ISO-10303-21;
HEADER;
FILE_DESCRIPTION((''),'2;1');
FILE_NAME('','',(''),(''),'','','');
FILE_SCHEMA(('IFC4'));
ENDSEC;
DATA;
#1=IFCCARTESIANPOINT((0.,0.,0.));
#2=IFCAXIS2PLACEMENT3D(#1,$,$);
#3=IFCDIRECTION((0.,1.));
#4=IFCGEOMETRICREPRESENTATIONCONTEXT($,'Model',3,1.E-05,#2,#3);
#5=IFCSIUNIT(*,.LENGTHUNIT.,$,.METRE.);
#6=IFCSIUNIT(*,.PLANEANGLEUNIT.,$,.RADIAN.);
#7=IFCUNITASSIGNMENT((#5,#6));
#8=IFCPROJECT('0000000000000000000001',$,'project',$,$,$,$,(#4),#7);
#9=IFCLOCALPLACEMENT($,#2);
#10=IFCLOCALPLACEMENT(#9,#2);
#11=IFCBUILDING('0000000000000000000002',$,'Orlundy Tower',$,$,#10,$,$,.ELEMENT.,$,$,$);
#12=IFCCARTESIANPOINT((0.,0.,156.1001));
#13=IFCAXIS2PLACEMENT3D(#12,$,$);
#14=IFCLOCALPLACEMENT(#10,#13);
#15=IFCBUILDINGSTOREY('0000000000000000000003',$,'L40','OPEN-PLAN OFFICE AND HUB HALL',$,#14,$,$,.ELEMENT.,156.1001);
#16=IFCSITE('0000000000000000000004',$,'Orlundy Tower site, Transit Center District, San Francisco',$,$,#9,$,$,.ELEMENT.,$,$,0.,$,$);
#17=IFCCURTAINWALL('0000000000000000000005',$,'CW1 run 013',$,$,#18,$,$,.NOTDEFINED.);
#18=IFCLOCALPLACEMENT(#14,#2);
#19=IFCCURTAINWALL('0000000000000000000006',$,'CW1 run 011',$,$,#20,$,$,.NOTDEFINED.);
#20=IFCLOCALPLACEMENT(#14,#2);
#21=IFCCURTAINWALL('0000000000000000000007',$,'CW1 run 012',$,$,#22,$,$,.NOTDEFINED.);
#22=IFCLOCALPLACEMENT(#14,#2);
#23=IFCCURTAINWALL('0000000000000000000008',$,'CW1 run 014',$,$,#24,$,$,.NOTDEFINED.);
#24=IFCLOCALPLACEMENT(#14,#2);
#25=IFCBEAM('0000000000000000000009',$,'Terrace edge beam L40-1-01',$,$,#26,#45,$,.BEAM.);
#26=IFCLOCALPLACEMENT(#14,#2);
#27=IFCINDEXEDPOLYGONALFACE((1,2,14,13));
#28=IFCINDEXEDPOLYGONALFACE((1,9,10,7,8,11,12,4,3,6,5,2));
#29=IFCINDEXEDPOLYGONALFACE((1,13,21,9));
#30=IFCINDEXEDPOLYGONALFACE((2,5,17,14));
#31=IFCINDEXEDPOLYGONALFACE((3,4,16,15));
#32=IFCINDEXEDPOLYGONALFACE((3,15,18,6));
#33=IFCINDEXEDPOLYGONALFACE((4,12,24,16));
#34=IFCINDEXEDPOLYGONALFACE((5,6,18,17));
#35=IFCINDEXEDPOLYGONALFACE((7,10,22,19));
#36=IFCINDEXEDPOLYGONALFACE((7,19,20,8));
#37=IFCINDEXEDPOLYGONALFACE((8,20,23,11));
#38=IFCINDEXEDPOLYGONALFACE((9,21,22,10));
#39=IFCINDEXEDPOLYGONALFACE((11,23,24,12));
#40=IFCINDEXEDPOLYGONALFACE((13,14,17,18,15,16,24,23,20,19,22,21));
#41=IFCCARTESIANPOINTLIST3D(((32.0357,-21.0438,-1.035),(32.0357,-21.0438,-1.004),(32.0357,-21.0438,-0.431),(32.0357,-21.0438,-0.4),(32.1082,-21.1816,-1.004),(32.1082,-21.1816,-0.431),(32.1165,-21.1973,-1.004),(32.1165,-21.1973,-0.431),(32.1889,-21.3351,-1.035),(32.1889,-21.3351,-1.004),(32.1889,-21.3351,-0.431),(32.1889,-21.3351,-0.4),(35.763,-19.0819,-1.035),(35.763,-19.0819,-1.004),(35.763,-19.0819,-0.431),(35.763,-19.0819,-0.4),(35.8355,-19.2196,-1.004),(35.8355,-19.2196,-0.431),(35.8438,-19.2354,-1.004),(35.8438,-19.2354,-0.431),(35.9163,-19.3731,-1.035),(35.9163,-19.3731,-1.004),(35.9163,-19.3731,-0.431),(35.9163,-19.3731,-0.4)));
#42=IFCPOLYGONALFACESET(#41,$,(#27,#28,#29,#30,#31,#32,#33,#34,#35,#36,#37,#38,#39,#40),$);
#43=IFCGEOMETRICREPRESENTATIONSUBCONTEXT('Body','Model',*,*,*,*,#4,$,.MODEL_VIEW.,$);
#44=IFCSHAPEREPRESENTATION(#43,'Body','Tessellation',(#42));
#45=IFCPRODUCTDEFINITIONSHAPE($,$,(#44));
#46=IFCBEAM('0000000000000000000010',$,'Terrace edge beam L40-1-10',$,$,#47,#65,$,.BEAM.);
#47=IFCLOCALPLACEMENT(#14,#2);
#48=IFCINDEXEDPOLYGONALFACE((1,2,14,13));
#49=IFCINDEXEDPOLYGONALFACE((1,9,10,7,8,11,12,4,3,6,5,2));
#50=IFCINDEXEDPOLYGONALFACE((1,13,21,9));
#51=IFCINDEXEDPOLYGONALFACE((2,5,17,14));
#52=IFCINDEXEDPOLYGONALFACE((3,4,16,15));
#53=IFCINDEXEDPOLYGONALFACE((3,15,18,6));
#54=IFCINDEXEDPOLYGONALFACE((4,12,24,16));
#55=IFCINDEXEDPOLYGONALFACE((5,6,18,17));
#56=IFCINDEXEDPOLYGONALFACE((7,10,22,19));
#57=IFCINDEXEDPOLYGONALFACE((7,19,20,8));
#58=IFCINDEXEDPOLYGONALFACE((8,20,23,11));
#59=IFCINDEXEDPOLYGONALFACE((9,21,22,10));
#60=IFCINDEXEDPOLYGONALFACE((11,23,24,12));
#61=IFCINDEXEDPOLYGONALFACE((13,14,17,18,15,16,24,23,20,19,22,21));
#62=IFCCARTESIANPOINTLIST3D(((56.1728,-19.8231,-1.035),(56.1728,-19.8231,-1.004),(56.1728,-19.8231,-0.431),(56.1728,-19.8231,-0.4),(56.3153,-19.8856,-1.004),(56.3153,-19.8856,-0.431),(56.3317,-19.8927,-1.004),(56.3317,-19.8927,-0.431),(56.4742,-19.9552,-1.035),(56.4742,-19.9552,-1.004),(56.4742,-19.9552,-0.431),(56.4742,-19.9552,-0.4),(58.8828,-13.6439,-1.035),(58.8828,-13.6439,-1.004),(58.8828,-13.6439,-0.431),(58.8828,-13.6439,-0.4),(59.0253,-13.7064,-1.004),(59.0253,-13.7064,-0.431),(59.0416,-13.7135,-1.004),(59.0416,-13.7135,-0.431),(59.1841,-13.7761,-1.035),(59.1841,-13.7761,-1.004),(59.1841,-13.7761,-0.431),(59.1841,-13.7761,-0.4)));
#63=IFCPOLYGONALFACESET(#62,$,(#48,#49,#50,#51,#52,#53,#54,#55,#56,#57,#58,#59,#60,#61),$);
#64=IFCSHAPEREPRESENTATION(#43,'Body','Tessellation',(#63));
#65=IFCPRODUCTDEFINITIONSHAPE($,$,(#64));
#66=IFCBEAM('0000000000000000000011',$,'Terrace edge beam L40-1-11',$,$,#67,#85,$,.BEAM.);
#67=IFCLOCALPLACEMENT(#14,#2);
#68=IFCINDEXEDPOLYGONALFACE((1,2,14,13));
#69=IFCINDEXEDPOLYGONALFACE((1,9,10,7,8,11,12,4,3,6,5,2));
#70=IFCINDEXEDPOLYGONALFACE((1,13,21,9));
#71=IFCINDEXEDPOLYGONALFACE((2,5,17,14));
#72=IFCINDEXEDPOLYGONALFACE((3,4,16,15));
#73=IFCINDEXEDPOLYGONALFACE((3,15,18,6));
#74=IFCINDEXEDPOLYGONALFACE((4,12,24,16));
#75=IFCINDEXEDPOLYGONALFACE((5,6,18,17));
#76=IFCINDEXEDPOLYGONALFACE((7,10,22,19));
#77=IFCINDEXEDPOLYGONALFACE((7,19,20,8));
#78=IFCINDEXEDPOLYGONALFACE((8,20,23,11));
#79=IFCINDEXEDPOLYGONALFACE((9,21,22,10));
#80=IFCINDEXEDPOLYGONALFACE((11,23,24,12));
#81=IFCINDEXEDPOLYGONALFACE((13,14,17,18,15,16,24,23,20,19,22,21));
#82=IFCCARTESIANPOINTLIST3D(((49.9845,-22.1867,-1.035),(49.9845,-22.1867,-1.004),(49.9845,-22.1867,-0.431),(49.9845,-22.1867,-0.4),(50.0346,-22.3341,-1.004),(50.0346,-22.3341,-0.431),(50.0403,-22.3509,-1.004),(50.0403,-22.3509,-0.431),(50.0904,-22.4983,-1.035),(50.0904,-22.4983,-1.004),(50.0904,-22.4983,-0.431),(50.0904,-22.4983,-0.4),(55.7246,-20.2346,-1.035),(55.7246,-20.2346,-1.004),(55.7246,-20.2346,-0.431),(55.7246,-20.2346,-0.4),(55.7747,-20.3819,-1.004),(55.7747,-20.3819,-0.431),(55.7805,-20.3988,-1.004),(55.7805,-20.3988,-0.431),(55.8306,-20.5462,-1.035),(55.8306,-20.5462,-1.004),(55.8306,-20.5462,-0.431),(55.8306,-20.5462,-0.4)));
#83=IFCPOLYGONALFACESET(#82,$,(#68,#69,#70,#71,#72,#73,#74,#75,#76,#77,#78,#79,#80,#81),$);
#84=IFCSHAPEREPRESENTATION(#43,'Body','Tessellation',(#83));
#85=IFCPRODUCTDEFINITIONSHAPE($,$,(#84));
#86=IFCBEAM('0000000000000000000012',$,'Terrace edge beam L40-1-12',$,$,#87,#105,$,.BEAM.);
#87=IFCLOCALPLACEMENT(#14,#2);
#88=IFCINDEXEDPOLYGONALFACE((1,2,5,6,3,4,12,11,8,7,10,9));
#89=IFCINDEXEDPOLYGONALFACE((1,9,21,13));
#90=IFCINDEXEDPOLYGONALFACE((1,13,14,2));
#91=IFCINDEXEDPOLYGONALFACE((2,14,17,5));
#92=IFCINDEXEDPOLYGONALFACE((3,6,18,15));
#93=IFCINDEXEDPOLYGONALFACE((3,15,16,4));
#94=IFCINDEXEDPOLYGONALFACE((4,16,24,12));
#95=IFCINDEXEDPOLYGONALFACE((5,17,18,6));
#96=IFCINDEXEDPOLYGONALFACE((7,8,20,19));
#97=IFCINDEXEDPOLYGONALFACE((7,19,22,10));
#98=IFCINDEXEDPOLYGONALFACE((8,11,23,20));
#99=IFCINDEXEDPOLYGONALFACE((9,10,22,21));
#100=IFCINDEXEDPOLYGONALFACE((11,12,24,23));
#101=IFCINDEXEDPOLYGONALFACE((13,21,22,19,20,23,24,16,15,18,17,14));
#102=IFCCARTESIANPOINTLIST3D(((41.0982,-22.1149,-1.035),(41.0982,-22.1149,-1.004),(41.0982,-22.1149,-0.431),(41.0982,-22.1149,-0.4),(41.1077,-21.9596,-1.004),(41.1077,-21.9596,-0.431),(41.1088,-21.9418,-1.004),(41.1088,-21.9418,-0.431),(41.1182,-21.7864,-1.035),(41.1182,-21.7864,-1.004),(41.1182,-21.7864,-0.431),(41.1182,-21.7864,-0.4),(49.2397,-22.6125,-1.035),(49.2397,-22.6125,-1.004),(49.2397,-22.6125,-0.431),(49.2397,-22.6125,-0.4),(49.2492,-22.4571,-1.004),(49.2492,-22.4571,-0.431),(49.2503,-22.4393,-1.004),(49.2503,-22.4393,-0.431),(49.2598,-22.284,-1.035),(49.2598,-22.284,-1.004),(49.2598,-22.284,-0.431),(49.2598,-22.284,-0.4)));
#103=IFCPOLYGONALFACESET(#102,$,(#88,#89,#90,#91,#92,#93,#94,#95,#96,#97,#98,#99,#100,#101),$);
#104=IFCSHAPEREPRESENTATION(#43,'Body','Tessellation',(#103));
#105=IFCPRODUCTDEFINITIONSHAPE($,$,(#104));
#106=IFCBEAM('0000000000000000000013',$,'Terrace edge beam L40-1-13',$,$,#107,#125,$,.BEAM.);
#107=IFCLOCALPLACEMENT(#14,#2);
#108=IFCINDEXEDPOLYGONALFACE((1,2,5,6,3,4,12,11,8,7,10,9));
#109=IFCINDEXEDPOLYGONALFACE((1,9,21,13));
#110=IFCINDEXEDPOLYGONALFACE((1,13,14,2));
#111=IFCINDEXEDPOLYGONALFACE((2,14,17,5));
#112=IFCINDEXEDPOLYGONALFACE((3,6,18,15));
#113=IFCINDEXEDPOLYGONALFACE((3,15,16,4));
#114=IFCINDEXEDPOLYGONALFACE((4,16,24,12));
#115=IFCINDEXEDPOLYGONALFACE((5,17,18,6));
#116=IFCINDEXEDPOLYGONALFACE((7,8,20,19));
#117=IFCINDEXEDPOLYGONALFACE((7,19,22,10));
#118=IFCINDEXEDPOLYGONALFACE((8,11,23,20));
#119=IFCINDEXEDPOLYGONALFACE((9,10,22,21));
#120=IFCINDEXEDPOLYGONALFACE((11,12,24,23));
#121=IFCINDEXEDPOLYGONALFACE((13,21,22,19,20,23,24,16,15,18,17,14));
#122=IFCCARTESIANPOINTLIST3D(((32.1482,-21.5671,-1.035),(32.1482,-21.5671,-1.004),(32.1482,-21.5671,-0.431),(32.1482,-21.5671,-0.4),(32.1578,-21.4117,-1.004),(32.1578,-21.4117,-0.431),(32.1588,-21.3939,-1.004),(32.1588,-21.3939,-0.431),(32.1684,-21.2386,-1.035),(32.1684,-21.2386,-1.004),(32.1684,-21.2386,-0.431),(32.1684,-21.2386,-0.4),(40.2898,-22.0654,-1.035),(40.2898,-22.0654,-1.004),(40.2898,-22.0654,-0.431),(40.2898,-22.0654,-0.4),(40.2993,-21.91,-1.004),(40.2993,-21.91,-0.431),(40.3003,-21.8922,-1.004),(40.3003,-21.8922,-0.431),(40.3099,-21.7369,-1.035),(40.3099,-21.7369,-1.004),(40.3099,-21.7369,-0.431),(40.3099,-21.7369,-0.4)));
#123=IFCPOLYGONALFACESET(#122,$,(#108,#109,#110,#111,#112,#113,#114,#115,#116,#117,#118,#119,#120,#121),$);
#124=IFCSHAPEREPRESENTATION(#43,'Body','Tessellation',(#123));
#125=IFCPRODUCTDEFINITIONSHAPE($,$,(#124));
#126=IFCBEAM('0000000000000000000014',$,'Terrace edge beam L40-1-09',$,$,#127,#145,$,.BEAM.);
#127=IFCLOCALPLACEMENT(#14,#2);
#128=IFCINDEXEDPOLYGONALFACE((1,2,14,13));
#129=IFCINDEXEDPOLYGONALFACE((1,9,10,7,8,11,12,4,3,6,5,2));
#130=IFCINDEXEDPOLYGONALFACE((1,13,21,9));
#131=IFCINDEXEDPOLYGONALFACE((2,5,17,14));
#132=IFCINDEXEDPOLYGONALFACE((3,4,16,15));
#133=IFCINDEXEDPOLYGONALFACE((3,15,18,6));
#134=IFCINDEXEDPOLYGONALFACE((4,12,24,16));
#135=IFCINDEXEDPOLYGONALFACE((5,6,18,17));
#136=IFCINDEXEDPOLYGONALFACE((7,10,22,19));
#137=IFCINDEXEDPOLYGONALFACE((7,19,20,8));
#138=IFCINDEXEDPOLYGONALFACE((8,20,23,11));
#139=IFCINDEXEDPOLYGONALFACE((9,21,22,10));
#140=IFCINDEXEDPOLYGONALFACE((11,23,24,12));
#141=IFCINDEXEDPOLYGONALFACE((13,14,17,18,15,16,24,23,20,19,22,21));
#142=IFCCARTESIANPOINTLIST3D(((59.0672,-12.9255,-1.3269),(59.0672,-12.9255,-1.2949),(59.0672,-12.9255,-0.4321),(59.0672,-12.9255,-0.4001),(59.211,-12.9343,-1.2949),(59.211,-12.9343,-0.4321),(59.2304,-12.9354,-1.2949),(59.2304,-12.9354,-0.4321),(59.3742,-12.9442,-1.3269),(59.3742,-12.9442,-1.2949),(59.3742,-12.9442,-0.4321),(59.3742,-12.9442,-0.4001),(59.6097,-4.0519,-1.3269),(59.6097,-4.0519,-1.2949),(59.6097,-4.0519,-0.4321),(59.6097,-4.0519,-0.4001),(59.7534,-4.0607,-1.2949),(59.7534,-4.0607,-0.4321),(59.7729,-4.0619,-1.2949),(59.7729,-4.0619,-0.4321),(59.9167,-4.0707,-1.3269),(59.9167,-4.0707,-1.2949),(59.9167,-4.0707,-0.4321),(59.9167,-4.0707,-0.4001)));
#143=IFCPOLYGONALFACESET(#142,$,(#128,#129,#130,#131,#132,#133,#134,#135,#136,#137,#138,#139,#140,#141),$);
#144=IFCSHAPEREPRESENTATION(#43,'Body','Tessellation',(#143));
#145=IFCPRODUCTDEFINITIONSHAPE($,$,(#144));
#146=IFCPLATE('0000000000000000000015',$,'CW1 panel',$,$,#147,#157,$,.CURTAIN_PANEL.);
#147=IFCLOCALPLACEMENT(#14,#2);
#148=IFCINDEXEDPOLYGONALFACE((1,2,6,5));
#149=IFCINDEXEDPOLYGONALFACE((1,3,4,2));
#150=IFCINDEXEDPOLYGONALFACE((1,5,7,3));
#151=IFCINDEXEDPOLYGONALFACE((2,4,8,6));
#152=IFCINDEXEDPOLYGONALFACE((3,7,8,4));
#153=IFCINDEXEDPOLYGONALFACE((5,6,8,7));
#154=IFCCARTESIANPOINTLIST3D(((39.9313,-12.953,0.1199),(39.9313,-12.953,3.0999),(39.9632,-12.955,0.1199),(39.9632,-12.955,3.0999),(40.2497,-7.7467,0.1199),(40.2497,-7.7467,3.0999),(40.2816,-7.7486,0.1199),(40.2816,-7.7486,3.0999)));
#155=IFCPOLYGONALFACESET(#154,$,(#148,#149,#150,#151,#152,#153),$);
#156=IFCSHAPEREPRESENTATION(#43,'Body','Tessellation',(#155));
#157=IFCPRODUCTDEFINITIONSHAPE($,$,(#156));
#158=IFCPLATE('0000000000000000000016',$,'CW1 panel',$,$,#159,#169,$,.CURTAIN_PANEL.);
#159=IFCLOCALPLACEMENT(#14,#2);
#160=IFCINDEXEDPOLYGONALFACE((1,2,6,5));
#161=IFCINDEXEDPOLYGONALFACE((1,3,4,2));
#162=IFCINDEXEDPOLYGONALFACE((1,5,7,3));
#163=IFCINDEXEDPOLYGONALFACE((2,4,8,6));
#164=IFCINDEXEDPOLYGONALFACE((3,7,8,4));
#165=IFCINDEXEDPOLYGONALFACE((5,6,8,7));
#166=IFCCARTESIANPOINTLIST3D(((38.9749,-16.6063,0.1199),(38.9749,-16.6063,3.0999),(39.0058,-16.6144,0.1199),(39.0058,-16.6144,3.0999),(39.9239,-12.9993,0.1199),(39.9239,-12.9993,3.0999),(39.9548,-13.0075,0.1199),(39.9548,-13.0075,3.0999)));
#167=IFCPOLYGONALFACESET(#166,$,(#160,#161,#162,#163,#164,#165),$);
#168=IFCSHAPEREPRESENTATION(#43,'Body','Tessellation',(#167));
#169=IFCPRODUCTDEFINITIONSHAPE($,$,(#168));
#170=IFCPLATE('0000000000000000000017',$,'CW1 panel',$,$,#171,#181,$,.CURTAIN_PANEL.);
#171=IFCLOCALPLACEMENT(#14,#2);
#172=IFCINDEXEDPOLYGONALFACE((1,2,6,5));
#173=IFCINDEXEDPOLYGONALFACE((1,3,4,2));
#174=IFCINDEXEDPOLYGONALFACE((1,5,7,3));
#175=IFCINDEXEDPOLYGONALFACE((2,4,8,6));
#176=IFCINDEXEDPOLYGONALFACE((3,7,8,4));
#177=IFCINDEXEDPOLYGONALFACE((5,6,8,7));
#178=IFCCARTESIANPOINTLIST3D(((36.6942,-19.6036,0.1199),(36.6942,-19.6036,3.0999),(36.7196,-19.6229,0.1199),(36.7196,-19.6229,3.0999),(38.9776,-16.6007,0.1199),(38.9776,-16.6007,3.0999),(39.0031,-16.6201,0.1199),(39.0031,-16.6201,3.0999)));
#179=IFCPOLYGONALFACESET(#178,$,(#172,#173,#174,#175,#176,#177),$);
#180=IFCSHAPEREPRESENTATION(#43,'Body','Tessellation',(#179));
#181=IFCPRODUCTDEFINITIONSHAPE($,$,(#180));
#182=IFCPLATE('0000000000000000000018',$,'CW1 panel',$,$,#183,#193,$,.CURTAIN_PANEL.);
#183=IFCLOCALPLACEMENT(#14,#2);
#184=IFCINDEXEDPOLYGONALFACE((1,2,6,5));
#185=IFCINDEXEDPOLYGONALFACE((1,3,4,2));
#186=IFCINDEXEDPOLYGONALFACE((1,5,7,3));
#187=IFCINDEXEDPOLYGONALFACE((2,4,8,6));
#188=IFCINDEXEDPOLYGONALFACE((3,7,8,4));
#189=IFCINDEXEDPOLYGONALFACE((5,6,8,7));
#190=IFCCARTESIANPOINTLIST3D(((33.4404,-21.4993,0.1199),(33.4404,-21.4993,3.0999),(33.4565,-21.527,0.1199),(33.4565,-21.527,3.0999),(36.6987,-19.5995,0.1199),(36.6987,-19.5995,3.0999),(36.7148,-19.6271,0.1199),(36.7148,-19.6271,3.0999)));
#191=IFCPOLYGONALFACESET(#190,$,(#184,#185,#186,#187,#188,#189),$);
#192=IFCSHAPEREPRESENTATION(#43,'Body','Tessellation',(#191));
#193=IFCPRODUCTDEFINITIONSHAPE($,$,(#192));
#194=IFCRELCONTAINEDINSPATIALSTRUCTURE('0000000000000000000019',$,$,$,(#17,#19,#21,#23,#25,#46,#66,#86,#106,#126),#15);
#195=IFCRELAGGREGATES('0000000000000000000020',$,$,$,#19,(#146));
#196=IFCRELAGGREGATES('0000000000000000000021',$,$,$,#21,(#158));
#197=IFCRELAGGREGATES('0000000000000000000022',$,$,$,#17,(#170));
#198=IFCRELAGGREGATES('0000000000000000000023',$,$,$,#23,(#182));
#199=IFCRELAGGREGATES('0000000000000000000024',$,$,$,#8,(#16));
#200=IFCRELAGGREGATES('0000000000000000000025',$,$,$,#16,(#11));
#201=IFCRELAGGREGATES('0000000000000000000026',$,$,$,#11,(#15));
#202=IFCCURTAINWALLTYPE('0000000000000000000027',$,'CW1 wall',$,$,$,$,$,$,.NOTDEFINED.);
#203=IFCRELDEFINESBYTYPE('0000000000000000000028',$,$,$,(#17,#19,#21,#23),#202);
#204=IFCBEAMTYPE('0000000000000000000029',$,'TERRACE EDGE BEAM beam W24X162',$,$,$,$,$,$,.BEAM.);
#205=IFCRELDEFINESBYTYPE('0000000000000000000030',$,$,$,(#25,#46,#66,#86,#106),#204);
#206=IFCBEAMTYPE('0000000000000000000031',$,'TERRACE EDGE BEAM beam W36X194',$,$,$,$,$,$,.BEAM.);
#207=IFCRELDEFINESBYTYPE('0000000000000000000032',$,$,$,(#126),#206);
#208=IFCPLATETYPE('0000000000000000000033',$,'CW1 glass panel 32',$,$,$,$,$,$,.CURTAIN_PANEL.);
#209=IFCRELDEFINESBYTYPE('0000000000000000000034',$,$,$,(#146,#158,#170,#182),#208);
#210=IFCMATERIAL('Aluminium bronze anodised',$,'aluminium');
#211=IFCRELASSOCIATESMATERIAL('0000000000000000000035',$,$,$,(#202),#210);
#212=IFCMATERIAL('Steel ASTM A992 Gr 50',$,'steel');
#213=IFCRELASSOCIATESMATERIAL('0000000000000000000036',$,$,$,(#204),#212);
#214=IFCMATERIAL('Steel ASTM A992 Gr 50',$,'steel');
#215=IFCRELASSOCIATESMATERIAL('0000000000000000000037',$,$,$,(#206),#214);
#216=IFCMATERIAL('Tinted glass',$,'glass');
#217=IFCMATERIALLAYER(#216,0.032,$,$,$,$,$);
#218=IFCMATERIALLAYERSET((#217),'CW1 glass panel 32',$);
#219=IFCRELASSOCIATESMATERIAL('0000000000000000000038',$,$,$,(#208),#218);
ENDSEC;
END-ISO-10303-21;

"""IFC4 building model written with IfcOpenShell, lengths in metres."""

from ifc_helpers import new_model, si_unit, direction, frame, origin, origin_2d, place, context, subcontext, project, spatial, rectangle, i_section, extrude, material, layer, layer_set, material_profile, profile_set, type_object, element, aggregate, save


model = new_model("IFC4")

# Units and contexts
model_context = context("Model", 3, precision=1e-05, world=origin(), true_north=direction((0.0, 1.0)))
body_context = subcontext(model_context, "Body", "Model", "MODEL_VIEW")
ifc_project = project(units=[si_unit("LENGTHUNIT", "METRE"), si_unit("PLANEANGLEUNIT", "RADIAN")], contexts=[model_context])

# Site, building, storey
site_placement = place(None, origin())
site = spatial("IfcSite", under=ifc_project, at=site_placement, Name="Orlundy Tower site, Transit Center District, San Francisco", CompositionType="ELEMENT", RefElevation=0.0)
building_placement = place(site_placement, origin())
building = spatial("IfcBuilding", under=site, at=building_placement, Name="Orlundy Tower", CompositionType="ELEMENT")
storey_placement = place(building_placement, frame((0.0, 0.0, 156.1001)))
storey = spatial("IfcBuildingStorey", under=building, at=storey_placement, Name="L40", Description="OPEN-PLAN OFFICE AND HUB HALL", CompositionType="ELEMENT", Elevation=156.1001)

# Curtain wall
ifc_material_1 = material(Name="Aluminium bronze anodised", Category="aluminium")
curtain_wall_type = type_object("IfcCurtainWallType", Name="CW1 wall", PredefinedType="NOTDEFINED", material=ifc_material_1)
curtain_wall_1_placement = place(storey_placement, origin())
curtain_wall_1 = element("IfcCurtainWall", 1, at=curtain_wall_1_placement, inside=storey, type_object=curtain_wall_type, Name="CW1 run 013", PredefinedType="NOTDEFINED")

# Curtain wall
curtain_wall_2_placement = place(storey_placement, origin())
curtain_wall_2 = element("IfcCurtainWall", 2, at=curtain_wall_2_placement, inside=storey, type_object=curtain_wall_type, Name="CW1 run 011", PredefinedType="NOTDEFINED")

# Curtain wall
curtain_wall_3_placement = place(storey_placement, origin())
curtain_wall_3 = element("IfcCurtainWall", 3, at=curtain_wall_3_placement, inside=storey, type_object=curtain_wall_type, Name="CW1 run 012", PredefinedType="NOTDEFINED")

# Curtain wall
curtain_wall_4_placement = place(storey_placement, origin())
curtain_wall_4 = element("IfcCurtainWall", 4, at=curtain_wall_4_placement, inside=storey, type_object=curtain_wall_type, Name="CW1 run 014", PredefinedType="NOTDEFINED")

# Beams
ifc_material_2 = material(Name="Steel ASTM A992 Gr 50", Category="steel")
ifc_material_profile_1 = material_profile(ifc_material_2, i_section(OverallWidth=0.3291, OverallDepth=0.635, WebThickness=0.0178, FlangeThickness=0.031, at=origin_2d()), Name="W24X162")
ifc_profile_set_1 = profile_set([ifc_material_profile_1], Name="Steel ASTM A992 Gr 50")
beam_type_1 = type_object("IfcBeamType", Name="TERRACE EDGE BEAM beam W24X162", PredefinedType="BEAM", material=ifc_profile_set_1)
beam_1_placement = place(storey_placement, frame((32.1123, -21.1895, -0.7175), z_axis=(0.884901, 0.46578, 0.0), x_axis=(-0.46578, 0.884901, 0.0)))
element("IfcBeam", 5, at=beam_1_placement, inside=storey, type_object=beam_type_1, Name="Terrace edge beam L40-1-01", PredefinedType="BEAM", context=body_context, shape_type="SweptSolid", body=[
    extrude(i_section(OverallWidth=0.3291, OverallDepth=0.635, WebThickness=0.0178, FlangeThickness=0.031, at=origin_2d()), origin(), (0.0, 0.0, 1.0), 4.2122),
])
beam_2_placement = place(storey_placement, frame((59.0334, -13.71, -0.7175), z_axis=(-0.401635, -0.9158, 0.0), x_axis=(0.9158, -0.401635, 0.0)))
element("IfcBeam", 6, at=beam_2_placement, inside=storey, type_object=beam_type_1, Name="Terrace edge beam L40-1-10", PredefinedType="BEAM", context=body_context, shape_type="SweptSolid", body=[
    extrude(i_section(OverallWidth=0.3291, OverallDepth=0.635, WebThickness=0.0178, FlangeThickness=0.031, at=origin_2d()), origin(), (0.0, 0.0, 1.0), 6.7473),
])
beam_3_placement = place(storey_placement, frame((55.7776, -20.3904, -0.7175), z_axis=(-0.946749, -0.321972, 0.0), x_axis=(0.321972, -0.946749, 0.0)))
element("IfcBeam", 7, at=beam_3_placement, inside=storey, type_object=beam_type_1, Name="Terrace edge beam L40-1-11", PredefinedType="BEAM", context=body_context, shape_type="SweptSolid", body=[
    extrude(i_section(OverallWidth=0.3291, OverallDepth=0.635, WebThickness=0.0178, FlangeThickness=0.031, at=origin_2d()), origin(), (0.0, 0.0, 1.0), 6.063),
])
for number, where, z_axis, x_axis, name in (
    (8, (49.2498, -22.4482, -0.7175), (-0.998138, 0.060999, 0.0), (-0.060999, -0.998138, 0.0), "Terrace edge beam L40-1-12"),
    (9, (40.2998, -21.9011, -0.7175), (-0.998132, 0.061089, 0.0), (-0.061089, -0.998132, 0.0), "Terrace edge beam L40-1-13"),
):
    element("IfcBeam", number, at=place(storey_placement, frame(where, z_axis=z_axis, x_axis=x_axis)), inside=storey, type_object=beam_type_1, Name=name, PredefinedType="BEAM", context=body_context, shape_type="SweptSolid", body=[
        extrude(i_section(OverallWidth=0.3291, OverallDepth=0.635, WebThickness=0.0178, FlangeThickness=0.031, at=origin_2d()), origin(), (0.0, 0.0, 1.0), 8.1567),
    ])
ifc_material_3 = material(Name="Steel ASTM A992 Gr 50", Category="steel")
ifc_material_profile_2 = material_profile(ifc_material_3, i_section(OverallWidth=0.3076, OverallDepth=0.9268, WebThickness=0.0195, FlangeThickness=0.032, at=origin_2d()), Name="W36X194")
ifc_profile_set_2 = profile_set([ifc_material_profile_2], Name="Steel ASTM A992 Gr 50")
beam_type_2 = type_object("IfcBeamType", Name="TERRACE EDGE BEAM beam W36X194", PredefinedType="BEAM", material=ifc_profile_set_2)
beam_4_placement = place(storey_placement, frame((59.7632, -4.0613, -0.8635), z_axis=(-0.061021, -0.998136, 0.0), x_axis=(0.998136, -0.061021, 0.0)))
element("IfcBeam", 10, at=beam_4_placement, inside=storey, type_object=beam_type_2, Name="Terrace edge beam L40-1-09", PredefinedType="BEAM", context=body_context, shape_type="SweptSolid", body=[
    extrude(i_section(OverallWidth=0.3076, OverallDepth=0.9268, WebThickness=0.0195, FlangeThickness=0.032, at=origin_2d()), origin(), (0.0, 0.0, 1.0), 8.8901),
])

# Plates
ifc_material_4 = material(Name="Tinted glass", Category="glass")
ifc_layer_1 = layer(ifc_material_4, 0.032)
ifc_layer_set_1 = layer_set([ifc_layer_1], Name="CW1 glass panel 32")
plate_type = type_object("IfcPlateType", Name="CW1 glass panel 32", PredefinedType="CURTAIN_PANEL", material=ifc_layer_set_1)
plate_1_placement = place(storey_placement, frame((40.1064, -10.3508, 0.1199), z_axis=(0.0, 0.0, 1.0), x_axis=(-0.061047, -0.998135, 0.0)))
plate_1 = element("IfcPlate", 11, at=plate_1_placement, type_object=plate_type, Name="CW1 panel", PredefinedType="CURTAIN_PANEL", context=body_context, shape_type="SweptSolid", body=[
    extrude(rectangle(XDim=5.2161, YDim=0.032, at=origin_2d()), origin(), (0.0, 0.0, 1.0), 2.98),
])
aggregate(curtain_wall_2, [plate_1])
plate_2_placement = place(storey_placement, frame((39.4648, -14.8069, 0.1199), z_axis=(0.0, 0.0, 1.0), x_axis=(-0.254453, -0.967085, 0.0)))
plate_2 = element("IfcPlate", 12, at=plate_2_placement, type_object=plate_type, Name="CW1 panel", PredefinedType="CURTAIN_PANEL", context=body_context, shape_type="SweptSolid", body=[
    extrude(rectangle(XDim=3.7297, YDim=0.032, at=origin_2d()), origin(), (0.0, 0.0, 1.0), 2.98),
])
aggregate(curtain_wall_3, [plate_2])
plate_3_placement = place(storey_placement, frame((37.8486, -18.1118, 0.1199), z_axis=(0.0, 0.0, 1.0), x_axis=(-0.605295, -0.796001, 0.0)))
plate_3 = element("IfcPlate", 13, at=plate_3_placement, type_object=plate_type, Name="CW1 panel", PredefinedType="CURTAIN_PANEL", context=body_context, shape_type="SweptSolid", body=[
    extrude(rectangle(XDim=3.7725, YDim=0.032, at=origin_2d()), origin(), (0.0, 0.0, 1.0), 2.98),
])
aggregate(curtain_wall_1, [plate_3])
plate_4_placement = place(storey_placement, frame((35.0776, -20.5632, 0.1199), z_axis=(0.0, 0.0, 1.0), x_axis=(-0.863877, -0.503703, 0.0)))
plate_4 = element("IfcPlate", 14, at=plate_4_placement, type_object=plate_type, Name="CW1 panel", PredefinedType="CURTAIN_PANEL", context=body_context, shape_type="SweptSolid", body=[
    extrude(rectangle(XDim=3.7717, YDim=0.032, at=origin_2d()), origin(), (0.0, 0.0, 1.0), 2.98),
])
aggregate(curtain_wall_4, [plate_4])

save(model, "model.ifc")
